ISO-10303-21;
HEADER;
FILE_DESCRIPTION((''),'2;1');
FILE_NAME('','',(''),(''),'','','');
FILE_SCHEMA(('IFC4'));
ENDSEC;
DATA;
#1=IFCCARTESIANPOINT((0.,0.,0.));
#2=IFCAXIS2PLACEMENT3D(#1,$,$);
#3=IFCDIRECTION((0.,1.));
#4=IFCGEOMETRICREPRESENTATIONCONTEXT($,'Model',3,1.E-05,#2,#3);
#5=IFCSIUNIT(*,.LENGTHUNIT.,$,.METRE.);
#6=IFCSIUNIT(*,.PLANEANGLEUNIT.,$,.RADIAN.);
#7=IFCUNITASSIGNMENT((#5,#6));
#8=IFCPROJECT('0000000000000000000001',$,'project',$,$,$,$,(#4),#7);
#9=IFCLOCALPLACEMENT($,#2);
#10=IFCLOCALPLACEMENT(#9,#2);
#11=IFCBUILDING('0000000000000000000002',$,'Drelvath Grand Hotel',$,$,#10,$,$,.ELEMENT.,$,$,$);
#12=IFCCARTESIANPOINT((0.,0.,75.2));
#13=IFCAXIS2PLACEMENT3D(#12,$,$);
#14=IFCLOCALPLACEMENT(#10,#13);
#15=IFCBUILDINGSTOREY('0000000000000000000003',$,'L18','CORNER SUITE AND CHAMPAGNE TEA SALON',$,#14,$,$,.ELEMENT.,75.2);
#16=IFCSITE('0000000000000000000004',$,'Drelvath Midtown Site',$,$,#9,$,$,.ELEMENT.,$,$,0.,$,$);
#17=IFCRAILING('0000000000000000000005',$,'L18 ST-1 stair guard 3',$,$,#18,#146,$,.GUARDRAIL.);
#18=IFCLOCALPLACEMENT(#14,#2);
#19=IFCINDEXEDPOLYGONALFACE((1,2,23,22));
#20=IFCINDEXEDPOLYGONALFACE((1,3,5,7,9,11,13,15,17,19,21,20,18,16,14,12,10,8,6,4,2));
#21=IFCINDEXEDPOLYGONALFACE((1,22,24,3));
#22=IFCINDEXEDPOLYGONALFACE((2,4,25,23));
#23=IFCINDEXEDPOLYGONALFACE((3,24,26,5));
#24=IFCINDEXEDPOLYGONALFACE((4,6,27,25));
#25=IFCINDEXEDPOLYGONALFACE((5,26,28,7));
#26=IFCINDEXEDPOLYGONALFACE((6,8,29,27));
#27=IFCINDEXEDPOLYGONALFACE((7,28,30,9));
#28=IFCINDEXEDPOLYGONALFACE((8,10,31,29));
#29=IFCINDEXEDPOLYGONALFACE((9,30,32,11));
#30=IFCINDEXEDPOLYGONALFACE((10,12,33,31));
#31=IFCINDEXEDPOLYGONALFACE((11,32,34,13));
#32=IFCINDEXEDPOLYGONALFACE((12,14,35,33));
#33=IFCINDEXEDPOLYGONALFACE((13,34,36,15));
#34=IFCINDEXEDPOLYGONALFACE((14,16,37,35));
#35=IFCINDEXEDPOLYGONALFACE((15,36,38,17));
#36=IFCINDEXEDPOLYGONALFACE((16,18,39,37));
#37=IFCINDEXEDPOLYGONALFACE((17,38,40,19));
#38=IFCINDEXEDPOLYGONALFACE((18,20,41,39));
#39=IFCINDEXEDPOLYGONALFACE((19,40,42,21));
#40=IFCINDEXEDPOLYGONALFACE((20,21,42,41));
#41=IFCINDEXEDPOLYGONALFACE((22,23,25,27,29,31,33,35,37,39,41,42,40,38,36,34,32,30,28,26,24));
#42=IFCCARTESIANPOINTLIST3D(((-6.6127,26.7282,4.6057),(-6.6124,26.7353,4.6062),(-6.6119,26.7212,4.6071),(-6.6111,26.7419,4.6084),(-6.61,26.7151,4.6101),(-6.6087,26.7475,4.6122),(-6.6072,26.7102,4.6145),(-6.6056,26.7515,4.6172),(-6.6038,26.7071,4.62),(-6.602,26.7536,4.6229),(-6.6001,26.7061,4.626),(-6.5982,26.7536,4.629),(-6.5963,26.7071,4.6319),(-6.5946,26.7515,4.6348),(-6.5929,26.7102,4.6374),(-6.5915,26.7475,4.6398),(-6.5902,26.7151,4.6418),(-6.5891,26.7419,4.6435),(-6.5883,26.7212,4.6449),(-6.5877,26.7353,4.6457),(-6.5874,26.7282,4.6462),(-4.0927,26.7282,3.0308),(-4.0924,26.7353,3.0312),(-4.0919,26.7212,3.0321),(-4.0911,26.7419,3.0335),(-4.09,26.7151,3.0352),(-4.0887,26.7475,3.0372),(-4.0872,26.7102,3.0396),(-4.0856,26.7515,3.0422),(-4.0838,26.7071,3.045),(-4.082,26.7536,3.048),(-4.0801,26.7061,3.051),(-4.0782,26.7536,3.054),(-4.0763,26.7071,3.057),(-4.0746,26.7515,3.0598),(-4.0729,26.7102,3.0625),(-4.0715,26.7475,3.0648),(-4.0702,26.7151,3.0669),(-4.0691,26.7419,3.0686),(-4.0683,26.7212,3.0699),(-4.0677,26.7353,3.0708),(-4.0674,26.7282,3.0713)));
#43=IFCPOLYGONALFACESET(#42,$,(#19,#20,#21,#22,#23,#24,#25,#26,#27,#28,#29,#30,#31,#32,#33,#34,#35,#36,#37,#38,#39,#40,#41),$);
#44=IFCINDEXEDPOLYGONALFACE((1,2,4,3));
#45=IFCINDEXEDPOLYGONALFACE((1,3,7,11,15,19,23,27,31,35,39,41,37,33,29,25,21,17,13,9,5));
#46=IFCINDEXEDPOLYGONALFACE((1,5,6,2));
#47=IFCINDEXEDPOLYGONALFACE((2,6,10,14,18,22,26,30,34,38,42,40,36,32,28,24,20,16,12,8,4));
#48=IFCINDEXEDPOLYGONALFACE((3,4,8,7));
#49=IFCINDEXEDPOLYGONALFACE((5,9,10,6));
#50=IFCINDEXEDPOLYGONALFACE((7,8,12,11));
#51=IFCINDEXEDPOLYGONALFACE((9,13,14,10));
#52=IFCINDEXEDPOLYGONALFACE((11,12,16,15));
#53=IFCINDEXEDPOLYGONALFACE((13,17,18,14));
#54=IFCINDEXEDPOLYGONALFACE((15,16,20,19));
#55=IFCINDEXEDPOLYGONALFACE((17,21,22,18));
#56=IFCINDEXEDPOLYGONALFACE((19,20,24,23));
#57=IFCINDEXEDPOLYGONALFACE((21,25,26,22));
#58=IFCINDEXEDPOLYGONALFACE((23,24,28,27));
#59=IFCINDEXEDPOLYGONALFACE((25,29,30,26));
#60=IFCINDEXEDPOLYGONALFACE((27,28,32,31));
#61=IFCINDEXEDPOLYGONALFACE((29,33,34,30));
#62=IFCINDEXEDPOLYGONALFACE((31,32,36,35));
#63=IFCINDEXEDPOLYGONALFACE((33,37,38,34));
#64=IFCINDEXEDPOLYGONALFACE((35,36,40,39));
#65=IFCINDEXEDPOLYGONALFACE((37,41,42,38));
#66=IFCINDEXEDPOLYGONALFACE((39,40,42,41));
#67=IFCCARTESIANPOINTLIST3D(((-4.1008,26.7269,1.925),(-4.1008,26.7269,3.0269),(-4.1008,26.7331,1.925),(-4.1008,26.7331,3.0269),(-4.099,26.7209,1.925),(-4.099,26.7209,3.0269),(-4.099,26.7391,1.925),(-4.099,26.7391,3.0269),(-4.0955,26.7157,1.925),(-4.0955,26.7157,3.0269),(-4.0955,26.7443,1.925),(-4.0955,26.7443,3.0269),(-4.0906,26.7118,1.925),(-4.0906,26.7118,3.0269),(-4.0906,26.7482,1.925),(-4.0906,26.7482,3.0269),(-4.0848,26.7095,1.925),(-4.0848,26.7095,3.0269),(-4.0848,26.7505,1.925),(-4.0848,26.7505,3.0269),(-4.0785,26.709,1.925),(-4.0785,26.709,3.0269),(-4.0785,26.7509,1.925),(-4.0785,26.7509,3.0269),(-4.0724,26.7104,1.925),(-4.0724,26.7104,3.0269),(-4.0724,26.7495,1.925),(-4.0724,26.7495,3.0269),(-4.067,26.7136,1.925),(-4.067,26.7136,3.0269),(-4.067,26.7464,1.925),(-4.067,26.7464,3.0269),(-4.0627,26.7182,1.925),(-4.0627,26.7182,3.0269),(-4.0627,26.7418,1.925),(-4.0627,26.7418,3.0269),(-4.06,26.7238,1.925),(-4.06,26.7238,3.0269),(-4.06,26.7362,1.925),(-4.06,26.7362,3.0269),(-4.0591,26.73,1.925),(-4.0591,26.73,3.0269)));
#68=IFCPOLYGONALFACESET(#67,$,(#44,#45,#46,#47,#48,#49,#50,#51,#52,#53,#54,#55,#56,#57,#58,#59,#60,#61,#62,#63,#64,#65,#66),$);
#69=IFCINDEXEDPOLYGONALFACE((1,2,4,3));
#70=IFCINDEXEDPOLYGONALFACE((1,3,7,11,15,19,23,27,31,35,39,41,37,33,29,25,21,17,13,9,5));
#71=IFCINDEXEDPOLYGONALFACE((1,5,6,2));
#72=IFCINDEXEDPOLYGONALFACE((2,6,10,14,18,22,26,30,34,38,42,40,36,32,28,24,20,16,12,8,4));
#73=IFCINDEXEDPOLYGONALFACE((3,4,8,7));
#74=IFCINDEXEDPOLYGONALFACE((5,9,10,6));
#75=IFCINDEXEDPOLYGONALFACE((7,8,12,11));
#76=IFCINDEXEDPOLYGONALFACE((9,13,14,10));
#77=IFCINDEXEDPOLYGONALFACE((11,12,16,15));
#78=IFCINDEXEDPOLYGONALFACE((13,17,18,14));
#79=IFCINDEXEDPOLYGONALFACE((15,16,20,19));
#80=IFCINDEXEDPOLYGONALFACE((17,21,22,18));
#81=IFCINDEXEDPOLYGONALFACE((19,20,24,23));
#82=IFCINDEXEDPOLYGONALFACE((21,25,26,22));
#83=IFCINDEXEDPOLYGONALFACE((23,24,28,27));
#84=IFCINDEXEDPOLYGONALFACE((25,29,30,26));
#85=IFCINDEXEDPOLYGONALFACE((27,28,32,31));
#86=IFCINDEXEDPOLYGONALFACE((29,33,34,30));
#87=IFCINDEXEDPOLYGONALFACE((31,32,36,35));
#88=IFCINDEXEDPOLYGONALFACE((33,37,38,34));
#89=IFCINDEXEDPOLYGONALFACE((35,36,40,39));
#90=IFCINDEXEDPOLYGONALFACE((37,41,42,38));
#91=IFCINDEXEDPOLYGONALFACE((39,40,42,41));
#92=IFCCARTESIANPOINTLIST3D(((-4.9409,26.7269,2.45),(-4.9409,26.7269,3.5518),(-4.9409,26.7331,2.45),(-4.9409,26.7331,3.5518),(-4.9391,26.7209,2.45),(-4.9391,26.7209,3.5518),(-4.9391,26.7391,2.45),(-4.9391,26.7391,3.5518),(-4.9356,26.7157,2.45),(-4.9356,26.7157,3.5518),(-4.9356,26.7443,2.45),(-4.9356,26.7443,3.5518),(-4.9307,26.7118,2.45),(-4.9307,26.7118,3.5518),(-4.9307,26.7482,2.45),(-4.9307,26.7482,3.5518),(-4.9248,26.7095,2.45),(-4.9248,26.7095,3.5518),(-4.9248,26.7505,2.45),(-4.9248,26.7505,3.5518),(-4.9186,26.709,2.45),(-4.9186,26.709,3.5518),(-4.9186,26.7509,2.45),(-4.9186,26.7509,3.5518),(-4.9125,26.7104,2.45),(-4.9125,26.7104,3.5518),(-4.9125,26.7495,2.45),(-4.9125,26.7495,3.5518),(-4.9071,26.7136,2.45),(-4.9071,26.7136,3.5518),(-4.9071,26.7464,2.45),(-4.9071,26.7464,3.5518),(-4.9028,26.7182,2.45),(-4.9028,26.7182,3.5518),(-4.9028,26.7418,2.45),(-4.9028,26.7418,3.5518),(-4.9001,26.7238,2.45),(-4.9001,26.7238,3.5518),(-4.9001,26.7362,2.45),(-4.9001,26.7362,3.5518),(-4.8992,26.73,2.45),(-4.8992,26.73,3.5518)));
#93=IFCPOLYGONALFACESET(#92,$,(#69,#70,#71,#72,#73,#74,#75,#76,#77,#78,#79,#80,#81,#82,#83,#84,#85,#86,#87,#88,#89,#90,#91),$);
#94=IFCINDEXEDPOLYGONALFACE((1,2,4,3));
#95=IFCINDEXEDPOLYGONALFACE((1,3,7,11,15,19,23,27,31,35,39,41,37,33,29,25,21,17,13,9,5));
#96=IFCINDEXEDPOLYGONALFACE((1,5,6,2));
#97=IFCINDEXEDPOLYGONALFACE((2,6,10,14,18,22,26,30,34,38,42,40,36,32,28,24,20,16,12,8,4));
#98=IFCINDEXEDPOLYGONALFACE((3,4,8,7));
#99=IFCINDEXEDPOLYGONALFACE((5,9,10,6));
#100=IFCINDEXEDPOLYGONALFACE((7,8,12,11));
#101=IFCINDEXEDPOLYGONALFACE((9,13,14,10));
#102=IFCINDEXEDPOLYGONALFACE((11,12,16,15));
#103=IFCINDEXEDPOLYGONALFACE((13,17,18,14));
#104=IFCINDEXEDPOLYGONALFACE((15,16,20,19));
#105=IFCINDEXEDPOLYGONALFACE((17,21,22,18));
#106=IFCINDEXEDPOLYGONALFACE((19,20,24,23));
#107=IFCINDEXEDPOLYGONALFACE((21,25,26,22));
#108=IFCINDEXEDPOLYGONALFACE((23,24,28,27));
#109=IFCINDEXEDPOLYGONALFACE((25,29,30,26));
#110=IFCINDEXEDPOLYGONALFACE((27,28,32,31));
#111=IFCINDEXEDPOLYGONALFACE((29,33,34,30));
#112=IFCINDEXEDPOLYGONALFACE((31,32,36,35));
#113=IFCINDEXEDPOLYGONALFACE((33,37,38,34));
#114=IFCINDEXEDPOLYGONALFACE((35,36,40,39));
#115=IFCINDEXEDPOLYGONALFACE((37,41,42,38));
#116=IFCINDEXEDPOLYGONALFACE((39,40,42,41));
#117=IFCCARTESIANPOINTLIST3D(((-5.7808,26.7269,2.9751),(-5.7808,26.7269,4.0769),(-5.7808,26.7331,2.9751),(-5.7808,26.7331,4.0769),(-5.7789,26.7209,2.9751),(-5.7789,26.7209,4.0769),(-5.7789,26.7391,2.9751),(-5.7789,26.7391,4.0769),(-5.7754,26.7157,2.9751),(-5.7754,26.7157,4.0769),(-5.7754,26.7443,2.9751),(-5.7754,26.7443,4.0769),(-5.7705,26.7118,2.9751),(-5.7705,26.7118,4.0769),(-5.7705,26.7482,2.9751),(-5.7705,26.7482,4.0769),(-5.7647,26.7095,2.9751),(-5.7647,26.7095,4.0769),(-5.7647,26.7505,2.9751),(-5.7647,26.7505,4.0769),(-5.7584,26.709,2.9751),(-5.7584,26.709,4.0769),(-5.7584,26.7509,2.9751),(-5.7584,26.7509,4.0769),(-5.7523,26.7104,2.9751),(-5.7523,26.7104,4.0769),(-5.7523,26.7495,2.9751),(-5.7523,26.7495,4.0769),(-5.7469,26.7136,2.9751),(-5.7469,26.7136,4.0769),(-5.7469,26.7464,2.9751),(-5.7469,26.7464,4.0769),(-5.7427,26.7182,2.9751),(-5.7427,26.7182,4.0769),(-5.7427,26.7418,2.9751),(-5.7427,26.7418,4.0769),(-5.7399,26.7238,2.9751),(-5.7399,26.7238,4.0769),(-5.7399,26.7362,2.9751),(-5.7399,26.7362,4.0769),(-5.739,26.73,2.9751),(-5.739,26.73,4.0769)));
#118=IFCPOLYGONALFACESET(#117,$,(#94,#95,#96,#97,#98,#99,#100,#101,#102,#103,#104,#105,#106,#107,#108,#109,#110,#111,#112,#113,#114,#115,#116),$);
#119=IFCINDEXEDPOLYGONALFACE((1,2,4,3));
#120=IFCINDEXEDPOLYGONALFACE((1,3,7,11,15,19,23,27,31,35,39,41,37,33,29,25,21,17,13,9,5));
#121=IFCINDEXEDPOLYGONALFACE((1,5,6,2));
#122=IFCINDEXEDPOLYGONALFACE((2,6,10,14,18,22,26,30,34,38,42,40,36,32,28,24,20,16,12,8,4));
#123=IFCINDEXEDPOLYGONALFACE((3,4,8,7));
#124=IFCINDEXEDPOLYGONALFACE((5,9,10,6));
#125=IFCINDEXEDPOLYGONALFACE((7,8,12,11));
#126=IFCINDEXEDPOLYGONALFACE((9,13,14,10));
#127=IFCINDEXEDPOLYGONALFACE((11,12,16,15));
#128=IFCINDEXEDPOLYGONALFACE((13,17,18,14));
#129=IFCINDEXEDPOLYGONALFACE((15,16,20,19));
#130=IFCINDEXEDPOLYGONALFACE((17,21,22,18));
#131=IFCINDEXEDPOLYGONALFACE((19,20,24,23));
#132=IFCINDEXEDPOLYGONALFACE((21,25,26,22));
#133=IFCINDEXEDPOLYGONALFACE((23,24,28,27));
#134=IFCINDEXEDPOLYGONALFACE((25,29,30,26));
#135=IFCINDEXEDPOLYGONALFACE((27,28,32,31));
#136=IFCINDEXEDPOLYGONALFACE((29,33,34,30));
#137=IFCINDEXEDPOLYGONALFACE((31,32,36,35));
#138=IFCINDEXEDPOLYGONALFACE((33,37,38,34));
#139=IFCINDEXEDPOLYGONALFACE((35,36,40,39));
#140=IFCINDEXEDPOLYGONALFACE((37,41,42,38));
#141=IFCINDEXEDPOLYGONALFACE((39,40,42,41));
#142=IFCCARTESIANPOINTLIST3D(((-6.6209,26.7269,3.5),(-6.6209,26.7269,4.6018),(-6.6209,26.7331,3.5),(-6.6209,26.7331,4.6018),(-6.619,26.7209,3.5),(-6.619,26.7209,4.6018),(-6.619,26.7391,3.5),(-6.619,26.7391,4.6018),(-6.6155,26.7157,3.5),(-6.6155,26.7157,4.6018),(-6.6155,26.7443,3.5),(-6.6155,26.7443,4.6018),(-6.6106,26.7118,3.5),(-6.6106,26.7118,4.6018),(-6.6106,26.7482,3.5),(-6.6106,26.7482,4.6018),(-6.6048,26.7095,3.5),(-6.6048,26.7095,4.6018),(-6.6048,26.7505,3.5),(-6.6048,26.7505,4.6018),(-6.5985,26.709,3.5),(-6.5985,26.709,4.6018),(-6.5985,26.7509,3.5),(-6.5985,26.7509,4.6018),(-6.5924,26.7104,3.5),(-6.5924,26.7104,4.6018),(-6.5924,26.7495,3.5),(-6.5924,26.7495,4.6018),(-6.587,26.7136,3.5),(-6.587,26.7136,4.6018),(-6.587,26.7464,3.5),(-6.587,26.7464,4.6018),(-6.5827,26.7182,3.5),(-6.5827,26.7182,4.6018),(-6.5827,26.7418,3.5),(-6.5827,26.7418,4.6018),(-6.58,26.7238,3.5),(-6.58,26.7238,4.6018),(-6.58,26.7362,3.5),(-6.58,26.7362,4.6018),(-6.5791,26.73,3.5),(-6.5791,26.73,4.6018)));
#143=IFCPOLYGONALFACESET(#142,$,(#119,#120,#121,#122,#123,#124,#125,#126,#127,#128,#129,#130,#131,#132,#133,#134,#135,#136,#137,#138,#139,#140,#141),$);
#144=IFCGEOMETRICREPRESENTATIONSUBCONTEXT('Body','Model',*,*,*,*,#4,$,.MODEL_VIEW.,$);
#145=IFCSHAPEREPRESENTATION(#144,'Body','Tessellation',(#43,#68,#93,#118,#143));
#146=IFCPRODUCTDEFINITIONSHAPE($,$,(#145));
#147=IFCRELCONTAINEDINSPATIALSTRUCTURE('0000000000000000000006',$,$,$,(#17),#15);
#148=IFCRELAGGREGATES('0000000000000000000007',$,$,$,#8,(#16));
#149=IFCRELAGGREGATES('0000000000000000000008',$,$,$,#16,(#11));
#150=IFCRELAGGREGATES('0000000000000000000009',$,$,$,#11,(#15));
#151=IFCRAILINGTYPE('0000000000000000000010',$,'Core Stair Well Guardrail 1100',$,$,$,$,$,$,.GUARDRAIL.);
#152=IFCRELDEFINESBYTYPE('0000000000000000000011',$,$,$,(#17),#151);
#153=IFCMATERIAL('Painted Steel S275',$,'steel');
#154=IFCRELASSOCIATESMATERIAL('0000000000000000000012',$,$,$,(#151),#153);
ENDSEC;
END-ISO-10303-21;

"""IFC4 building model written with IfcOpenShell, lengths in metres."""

from ifc_helpers import new_model, si_unit, direction, frame, origin, origin_2d, place, context, subcontext, project, spatial, circle, extrude, material, type_object, element, save


model = new_model("IFC4")

# Units and contexts
model_context = context("Model", 3, precision=1e-05, world=origin(), true_north=direction((0.0, 1.0)))
body_context = subcontext(model_context, "Body", "Model", "MODEL_VIEW")
ifc_project = project(units=[si_unit("LENGTHUNIT", "METRE"), si_unit("PLANEANGLEUNIT", "RADIAN")], contexts=[model_context])

# Site, building, storey
site_placement = place(None, origin())
site = spatial("IfcSite", under=ifc_project, at=site_placement, Name="Drelvath Midtown Site", CompositionType="ELEMENT", RefElevation=0.0)
building_placement = place(site_placement, origin())
building = spatial("IfcBuilding", under=site, at=building_placement, Name="Drelvath Grand Hotel", CompositionType="ELEMENT")
storey_placement = place(building_placement, frame((0.0, 0.0, 75.2)))
storey = spatial("IfcBuildingStorey", under=building, at=storey_placement, Name="L18", Description="CORNER SUITE AND CHAMPAGNE TEA SALON", CompositionType="ELEMENT", Elevation=75.2)

# Shared definitions
ifc_material_1 = material(Name="Painted Steel S275", Category="steel")

# Railing
railing_type_1 = type_object("IfcRailingType", Name="Core Stair Well Guardrail 1100", PredefinedType="GUARDRAIL", material=ifc_material_1)
railing_1_placement = place(storey_placement, frame((-4.0801, 26.73, 1.925)))
element("IfcRailing", 1, at=railing_1_placement, inside=storey, type_object=railing_type_1, Name="L18 ST-1 stair guard 3", PredefinedType="GUARDRAIL", context=body_context, shape_type="SweptSolid", body=[
    extrude(circle(Radius=0.0239, at=origin_2d()), frame((0.0, 0.0, 1.126), z_axis=(-0.848008, 0.0, 0.529984), x_axis=(0.0, -1.0, 0.0)), (0.0, 0.0, 1.0), 2.9717),
    extrude(circle(Radius=0.021, at=origin_2d()), origin(), (0.0, 0.0, 1.0), 1.1018),
    extrude(circle(Radius=0.021, at=origin_2d()), frame((-0.8401, 0.0, 0.5249)), (0.0, 0.0, 1.0), 1.1018),
    extrude(circle(Radius=0.021, at=origin_2d()), frame((-1.6799, 0.0, 1.05)), (0.0, 0.0, 1.0), 1.1018),
    extrude(circle(Radius=0.021, at=origin_2d()), frame((-2.52, 0.0, 1.575)), (0.0, 0.0, 1.0), 1.1018),
])

save(model, "model.ifc")
